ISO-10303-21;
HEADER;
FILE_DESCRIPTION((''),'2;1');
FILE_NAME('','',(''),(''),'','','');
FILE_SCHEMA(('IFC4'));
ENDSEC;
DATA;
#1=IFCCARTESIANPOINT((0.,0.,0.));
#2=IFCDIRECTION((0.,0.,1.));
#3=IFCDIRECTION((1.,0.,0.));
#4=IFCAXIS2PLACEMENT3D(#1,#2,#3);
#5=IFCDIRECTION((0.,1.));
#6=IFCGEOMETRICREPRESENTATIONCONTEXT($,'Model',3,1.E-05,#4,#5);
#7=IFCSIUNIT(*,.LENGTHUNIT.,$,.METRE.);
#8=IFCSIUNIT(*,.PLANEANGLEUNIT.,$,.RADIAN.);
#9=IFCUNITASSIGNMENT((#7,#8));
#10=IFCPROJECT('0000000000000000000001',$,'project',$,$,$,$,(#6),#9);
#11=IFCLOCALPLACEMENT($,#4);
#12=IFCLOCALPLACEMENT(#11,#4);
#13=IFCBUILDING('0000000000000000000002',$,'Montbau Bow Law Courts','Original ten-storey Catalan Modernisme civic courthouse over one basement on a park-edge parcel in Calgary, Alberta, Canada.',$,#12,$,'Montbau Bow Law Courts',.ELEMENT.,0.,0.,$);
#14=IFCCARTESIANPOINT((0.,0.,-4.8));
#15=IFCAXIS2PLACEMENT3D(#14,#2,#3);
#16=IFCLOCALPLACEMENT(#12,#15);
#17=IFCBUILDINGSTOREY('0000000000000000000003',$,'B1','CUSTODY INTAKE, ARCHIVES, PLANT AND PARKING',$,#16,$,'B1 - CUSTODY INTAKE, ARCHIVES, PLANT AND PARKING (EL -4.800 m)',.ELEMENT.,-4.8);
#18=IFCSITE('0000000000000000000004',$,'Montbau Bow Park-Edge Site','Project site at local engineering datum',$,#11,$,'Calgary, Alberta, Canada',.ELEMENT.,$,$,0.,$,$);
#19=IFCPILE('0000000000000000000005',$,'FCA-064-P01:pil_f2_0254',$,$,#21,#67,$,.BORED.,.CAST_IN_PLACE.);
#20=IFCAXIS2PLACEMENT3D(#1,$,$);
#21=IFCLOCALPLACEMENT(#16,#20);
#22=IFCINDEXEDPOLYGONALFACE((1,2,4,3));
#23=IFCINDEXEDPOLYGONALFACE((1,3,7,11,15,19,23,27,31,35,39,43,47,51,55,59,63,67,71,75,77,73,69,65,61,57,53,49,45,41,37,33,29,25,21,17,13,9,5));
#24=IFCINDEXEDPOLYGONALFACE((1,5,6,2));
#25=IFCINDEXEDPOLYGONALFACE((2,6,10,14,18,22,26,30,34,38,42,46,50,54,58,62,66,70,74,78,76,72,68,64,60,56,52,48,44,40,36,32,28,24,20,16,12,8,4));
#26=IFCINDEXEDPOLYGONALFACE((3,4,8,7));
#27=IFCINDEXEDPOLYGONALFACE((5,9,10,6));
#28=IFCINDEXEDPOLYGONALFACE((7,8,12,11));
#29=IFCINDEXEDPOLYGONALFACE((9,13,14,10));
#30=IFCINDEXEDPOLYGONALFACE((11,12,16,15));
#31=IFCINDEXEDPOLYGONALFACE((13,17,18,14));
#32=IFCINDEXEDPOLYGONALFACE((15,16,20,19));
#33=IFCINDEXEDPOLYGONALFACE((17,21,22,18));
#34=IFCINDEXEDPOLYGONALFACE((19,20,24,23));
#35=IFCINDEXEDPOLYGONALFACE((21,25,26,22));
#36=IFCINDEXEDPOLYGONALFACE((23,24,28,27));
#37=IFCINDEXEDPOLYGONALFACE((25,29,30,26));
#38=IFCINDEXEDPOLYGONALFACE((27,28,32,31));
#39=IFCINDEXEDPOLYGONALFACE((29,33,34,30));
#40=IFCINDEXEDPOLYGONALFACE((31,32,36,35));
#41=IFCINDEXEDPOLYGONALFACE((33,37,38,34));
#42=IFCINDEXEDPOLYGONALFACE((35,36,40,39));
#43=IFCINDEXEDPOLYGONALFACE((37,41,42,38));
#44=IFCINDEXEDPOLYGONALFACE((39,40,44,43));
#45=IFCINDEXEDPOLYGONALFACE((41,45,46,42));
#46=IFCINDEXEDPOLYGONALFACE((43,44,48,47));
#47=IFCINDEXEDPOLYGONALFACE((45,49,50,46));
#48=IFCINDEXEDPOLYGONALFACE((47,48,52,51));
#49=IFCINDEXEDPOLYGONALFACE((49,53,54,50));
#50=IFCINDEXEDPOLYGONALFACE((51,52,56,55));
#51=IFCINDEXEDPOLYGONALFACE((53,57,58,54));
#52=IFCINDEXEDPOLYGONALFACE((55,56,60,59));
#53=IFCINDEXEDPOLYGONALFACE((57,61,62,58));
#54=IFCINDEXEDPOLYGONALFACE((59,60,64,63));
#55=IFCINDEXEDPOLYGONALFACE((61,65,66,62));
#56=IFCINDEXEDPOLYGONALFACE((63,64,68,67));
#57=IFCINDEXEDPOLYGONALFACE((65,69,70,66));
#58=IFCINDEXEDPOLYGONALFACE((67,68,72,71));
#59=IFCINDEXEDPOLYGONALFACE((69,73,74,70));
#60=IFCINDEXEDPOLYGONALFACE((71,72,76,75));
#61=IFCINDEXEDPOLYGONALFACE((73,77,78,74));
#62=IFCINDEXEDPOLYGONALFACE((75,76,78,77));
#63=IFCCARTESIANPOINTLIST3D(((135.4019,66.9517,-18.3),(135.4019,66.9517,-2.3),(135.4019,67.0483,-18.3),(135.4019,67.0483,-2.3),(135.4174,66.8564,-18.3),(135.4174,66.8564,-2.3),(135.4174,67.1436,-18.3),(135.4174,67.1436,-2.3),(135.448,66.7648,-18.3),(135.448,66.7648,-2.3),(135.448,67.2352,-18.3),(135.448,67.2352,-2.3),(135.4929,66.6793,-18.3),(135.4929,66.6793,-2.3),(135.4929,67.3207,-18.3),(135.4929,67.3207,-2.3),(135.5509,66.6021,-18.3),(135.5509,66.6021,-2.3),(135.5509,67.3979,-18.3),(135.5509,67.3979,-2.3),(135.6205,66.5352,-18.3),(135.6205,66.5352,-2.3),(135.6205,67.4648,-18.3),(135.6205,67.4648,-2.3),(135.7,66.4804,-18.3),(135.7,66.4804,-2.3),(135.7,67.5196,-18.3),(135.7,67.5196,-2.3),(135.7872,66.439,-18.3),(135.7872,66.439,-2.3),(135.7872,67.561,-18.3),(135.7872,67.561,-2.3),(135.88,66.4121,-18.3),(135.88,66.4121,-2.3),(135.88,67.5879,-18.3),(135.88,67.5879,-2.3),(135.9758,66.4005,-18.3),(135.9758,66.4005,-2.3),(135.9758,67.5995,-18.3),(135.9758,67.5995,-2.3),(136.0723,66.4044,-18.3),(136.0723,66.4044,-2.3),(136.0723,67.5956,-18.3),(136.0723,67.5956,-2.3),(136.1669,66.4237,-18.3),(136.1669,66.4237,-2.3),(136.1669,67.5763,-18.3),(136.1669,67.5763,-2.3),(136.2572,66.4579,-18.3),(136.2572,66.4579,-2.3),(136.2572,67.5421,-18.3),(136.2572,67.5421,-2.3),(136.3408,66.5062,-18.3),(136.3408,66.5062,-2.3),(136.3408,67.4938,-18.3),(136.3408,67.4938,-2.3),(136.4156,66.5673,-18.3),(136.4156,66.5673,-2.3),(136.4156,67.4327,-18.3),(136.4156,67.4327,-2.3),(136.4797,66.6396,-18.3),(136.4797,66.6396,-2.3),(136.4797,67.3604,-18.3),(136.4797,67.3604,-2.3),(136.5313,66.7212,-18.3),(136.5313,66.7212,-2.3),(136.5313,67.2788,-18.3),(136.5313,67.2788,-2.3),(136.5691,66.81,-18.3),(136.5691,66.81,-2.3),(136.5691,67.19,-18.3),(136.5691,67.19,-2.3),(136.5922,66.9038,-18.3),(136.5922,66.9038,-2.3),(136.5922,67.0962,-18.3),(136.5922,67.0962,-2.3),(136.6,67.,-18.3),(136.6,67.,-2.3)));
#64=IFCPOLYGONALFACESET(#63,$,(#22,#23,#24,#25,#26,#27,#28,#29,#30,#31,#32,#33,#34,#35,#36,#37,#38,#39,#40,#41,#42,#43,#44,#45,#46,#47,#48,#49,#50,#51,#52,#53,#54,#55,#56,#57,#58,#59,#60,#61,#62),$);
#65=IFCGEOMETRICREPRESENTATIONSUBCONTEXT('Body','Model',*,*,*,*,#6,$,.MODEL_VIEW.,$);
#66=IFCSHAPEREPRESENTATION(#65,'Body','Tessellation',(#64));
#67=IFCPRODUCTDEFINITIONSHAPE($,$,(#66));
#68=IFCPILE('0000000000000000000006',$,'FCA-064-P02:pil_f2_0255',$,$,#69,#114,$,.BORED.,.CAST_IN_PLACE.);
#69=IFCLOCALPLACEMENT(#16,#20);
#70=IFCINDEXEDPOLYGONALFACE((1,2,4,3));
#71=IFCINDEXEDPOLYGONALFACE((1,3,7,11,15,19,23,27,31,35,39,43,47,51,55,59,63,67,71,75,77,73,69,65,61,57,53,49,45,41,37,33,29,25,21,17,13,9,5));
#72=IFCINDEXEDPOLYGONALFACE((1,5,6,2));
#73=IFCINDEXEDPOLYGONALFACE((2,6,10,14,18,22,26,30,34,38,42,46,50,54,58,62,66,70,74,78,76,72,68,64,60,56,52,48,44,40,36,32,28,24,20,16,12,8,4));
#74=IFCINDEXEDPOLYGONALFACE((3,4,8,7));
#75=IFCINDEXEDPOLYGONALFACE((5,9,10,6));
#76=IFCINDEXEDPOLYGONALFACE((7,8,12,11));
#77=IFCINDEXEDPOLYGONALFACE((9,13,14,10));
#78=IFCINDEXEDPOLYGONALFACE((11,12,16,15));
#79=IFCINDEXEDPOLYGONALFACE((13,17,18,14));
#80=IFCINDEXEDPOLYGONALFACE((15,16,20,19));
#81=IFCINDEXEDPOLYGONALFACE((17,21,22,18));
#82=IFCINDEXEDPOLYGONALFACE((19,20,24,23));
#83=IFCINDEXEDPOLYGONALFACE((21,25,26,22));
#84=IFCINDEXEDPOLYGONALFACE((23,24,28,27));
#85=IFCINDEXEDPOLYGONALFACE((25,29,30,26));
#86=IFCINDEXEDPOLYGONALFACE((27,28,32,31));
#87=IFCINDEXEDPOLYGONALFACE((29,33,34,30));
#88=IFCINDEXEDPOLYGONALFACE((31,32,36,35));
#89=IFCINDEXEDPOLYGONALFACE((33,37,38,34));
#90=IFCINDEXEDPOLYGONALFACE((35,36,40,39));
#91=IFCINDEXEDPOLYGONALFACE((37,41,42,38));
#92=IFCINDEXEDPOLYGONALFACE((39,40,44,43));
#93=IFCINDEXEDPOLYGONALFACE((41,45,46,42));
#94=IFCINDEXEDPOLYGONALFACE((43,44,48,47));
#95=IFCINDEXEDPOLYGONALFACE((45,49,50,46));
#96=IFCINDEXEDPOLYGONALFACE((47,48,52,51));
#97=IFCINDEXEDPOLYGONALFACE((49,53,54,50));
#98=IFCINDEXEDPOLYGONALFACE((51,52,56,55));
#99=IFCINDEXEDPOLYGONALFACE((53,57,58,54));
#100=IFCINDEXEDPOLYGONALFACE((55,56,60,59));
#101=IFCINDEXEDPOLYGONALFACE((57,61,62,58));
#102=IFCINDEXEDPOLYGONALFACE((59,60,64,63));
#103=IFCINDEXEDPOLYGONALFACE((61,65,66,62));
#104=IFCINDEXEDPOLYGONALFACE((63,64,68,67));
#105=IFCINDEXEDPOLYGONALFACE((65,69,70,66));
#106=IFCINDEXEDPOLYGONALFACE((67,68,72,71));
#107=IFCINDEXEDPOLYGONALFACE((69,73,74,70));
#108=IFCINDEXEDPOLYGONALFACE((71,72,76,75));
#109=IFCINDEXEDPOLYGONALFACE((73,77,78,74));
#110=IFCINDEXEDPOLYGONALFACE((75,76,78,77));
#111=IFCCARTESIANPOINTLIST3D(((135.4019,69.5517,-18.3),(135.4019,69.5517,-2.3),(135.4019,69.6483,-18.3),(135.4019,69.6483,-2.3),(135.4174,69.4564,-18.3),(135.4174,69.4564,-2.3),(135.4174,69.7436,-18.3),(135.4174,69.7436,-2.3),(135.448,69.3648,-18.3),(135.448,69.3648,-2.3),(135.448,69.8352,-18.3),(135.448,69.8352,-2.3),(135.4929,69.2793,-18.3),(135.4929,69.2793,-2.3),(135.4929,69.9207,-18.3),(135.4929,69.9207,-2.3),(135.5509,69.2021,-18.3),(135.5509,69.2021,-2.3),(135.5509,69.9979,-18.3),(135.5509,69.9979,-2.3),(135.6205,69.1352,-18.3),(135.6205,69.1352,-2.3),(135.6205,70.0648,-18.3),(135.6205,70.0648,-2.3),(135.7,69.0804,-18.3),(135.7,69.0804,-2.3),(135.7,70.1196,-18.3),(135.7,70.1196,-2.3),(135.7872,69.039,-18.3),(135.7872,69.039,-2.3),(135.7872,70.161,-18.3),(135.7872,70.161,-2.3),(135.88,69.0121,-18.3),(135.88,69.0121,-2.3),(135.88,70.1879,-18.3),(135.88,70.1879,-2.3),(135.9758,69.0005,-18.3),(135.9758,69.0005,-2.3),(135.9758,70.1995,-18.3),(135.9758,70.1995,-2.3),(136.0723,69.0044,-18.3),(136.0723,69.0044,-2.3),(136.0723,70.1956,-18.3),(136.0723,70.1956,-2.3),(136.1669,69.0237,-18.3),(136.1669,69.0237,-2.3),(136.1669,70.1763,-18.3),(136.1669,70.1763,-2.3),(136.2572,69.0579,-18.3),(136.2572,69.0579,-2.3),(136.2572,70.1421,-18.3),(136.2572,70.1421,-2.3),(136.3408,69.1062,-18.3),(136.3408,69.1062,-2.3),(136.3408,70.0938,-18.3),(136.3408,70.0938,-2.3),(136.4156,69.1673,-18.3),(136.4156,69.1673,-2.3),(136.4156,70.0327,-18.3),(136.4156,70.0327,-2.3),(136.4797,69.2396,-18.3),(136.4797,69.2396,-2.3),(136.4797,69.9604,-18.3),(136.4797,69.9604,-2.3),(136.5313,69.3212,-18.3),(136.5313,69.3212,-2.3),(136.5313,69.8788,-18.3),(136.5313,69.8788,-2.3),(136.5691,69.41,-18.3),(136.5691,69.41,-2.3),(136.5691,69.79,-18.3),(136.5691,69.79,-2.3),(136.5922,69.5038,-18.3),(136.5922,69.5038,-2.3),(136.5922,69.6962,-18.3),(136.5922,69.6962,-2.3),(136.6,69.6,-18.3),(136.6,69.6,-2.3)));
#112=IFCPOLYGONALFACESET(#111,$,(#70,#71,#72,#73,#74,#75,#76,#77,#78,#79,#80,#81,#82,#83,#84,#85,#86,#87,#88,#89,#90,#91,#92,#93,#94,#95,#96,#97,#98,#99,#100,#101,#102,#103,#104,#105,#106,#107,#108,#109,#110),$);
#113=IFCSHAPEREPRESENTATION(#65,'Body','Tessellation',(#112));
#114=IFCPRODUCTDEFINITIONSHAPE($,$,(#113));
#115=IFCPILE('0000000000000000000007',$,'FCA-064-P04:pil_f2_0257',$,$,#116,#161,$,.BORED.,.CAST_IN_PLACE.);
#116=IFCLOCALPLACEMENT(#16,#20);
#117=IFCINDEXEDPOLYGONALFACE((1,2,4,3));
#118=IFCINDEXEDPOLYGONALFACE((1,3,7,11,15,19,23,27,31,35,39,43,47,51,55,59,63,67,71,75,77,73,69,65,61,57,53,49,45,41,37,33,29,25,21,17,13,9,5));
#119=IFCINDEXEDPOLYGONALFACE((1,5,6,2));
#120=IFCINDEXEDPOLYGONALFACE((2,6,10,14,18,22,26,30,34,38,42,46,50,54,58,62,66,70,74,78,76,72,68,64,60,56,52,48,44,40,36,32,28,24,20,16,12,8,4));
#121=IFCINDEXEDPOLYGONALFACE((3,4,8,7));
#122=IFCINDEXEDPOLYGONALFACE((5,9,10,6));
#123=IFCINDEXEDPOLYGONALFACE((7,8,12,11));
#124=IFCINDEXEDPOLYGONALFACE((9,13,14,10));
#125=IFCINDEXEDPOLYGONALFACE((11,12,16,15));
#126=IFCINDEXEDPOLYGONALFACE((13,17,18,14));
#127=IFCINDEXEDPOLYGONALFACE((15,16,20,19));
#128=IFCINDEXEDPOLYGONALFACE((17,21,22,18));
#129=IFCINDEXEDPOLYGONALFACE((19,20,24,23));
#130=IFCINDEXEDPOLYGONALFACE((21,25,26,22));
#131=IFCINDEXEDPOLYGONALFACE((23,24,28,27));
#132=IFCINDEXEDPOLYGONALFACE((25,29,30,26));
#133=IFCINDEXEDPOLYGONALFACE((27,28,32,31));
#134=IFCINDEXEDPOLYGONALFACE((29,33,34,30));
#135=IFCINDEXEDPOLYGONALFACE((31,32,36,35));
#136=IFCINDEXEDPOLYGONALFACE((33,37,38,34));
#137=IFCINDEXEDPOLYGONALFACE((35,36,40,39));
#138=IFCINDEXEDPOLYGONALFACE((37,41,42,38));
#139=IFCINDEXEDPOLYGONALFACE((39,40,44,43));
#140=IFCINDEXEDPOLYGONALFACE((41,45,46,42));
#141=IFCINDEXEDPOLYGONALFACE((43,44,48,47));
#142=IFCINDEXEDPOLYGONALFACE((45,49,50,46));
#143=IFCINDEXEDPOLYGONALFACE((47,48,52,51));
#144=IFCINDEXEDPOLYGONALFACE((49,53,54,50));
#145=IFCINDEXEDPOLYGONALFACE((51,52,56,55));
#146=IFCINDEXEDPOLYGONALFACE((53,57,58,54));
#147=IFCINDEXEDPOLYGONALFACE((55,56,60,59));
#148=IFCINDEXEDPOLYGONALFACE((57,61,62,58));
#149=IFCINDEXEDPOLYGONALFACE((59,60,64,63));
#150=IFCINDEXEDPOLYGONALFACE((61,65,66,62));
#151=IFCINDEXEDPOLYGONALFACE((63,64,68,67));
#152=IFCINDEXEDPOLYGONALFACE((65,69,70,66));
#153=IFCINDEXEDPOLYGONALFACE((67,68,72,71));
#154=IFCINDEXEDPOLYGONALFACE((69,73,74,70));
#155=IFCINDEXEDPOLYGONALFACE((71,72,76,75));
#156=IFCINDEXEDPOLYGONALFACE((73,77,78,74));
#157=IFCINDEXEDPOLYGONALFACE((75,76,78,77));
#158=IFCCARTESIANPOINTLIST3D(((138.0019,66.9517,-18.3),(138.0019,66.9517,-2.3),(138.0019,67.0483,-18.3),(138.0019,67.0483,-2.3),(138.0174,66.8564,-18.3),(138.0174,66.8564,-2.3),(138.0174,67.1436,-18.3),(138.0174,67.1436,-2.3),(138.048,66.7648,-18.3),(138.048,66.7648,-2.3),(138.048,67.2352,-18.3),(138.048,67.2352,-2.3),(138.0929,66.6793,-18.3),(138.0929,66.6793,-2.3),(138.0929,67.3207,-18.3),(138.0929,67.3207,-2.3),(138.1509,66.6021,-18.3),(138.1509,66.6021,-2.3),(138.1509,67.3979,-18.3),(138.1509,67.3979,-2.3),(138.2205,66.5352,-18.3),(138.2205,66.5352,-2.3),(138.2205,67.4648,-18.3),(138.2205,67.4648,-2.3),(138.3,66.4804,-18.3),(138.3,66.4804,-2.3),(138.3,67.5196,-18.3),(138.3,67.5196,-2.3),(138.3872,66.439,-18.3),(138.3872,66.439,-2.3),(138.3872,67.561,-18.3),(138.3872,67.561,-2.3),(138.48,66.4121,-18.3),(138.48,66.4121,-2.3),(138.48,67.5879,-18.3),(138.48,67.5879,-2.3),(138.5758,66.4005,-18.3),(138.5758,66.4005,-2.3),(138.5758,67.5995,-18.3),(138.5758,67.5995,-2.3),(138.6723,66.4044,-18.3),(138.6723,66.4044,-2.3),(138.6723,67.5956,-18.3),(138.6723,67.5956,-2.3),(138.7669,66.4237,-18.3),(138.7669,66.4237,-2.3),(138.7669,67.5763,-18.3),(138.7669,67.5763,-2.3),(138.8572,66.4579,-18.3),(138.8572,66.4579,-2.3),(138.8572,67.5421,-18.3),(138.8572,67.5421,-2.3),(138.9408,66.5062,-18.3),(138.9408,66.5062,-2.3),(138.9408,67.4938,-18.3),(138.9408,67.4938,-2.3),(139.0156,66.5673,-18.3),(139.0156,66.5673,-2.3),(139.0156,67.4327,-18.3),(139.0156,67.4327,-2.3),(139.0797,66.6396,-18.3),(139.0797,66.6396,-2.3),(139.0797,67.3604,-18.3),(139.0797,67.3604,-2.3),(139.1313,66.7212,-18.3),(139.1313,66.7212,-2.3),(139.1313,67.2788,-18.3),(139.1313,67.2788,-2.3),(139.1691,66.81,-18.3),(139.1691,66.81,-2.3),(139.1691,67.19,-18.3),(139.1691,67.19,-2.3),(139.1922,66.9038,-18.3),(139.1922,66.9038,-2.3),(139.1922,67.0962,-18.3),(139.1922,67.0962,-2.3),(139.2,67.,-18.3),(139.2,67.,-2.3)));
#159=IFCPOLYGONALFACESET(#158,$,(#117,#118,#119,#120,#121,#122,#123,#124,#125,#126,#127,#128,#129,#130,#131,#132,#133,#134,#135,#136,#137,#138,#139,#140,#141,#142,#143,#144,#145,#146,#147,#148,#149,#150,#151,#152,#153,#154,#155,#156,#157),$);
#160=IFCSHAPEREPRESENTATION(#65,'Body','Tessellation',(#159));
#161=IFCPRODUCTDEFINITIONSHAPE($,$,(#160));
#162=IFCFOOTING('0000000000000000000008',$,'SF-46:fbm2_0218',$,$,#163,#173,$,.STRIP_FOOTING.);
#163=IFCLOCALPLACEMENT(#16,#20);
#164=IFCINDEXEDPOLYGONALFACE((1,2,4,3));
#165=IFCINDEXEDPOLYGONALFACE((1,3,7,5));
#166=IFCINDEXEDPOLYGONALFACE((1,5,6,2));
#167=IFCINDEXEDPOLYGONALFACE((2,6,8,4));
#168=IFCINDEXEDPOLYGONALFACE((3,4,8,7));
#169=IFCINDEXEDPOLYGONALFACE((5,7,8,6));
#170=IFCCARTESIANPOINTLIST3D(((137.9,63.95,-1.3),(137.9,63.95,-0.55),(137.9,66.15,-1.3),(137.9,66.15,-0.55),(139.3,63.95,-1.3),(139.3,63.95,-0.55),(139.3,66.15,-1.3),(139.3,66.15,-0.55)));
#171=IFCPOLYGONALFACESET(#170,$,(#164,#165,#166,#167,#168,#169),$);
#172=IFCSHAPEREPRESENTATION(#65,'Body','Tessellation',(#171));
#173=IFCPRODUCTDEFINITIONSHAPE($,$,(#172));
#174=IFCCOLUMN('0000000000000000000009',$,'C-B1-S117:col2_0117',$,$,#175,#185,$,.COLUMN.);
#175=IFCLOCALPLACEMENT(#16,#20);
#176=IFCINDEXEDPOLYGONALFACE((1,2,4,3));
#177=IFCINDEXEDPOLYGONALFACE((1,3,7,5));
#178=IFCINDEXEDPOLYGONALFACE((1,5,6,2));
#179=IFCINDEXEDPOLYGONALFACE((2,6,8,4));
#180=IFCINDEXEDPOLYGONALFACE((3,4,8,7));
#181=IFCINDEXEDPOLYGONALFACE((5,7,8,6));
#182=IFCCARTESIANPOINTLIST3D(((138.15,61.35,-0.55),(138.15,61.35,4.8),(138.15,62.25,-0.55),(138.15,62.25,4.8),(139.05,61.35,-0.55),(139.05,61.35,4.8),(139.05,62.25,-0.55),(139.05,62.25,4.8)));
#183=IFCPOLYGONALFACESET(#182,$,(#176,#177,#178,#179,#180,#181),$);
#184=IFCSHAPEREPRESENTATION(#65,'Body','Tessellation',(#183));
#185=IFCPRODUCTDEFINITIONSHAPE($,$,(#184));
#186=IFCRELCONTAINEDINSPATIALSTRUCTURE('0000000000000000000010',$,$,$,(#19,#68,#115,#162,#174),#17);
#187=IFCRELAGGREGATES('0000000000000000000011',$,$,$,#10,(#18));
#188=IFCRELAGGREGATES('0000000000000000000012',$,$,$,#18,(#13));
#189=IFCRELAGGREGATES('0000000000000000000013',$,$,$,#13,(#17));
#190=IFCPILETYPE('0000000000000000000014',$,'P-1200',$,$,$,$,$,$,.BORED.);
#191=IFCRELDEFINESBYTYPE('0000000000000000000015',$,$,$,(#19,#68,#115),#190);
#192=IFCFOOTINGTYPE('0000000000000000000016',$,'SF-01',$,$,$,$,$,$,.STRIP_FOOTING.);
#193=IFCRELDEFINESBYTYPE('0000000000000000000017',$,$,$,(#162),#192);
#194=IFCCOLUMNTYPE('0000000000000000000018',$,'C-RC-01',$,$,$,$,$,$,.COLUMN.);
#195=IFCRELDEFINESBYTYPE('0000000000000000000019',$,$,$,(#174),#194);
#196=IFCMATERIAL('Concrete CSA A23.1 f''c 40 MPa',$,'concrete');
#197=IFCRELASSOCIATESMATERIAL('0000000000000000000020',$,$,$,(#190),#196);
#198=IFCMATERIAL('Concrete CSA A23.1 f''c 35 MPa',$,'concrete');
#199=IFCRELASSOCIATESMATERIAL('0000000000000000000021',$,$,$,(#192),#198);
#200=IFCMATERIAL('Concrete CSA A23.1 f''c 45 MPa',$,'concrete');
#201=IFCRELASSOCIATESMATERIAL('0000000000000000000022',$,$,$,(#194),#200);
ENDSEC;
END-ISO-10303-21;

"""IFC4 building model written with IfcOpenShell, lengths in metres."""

from ifc_helpers import new_model, si_unit, direction, frame, origin_with_axes, origin_2d_with_axis, place, context, subcontext, project, spatial, rectangle, circle, extrude, material, material_profile, profile_set, type_object, element, save


model = new_model("IFC4")

# Units and contexts
model_context = context("Model", 3, precision=1e-05, world=origin_with_axes(), true_north=direction((0.0, 1.0)))
body_context = subcontext(model_context, "Body", "Model", "MODEL_VIEW")
ifc_project = project(units=[si_unit("LENGTHUNIT", "METRE"), si_unit("PLANEANGLEUNIT", "RADIAN")], contexts=[model_context])

# Site, building, storey
site_placement = place(None, origin_with_axes())
site = spatial("IfcSite", under=ifc_project, at=site_placement, Name="Montbau Bow Park-Edge Site", Description="Project site at local engineering datum", LongName="Calgary, Alberta, Canada", CompositionType="ELEMENT", RefElevation=0.0)
building_placement = place(site_placement, origin_with_axes())
building = spatial("IfcBuilding", under=site, at=building_placement, Name="Montbau Bow Law Courts", Description="Original ten-storey Catalan Modernisme civic courthouse over one basement on a park-edge parcel in Calgary, Alberta, Canada.", LongName="Montbau Bow Law Courts", CompositionType="ELEMENT", ElevationOfRefHeight=0.0, ElevationOfTerrain=0.0)
storey_placement = place(building_placement, frame((0.0, 0.0, -4.8), z_axis=(0.0, 0.0, 1.0), x_axis=(1.0, 0.0, 0.0)))
storey = spatial("IfcBuildingStorey", under=building, at=storey_placement, Name="B1", Description="CUSTODY INTAKE, ARCHIVES, PLANT AND PARKING", LongName="B1 - CUSTODY INTAKE, ARCHIVES, PLANT AND PARKING (EL -4.800 m)", CompositionType="ELEMENT", Elevation=-4.8)

# Shared definitions
ifc_material_1 = material(Name="Concrete CSA A23.1 f'c 35 MPa", Category="concrete")

# Piles
ifc_material_2 = material(Name="Concrete CSA A23.1 f'c 40 MPa", Category="concrete")
ifc_material_profile_1 = material_profile(ifc_material_2, circle(Radius=0.6, at=origin_2d_with_axis()), Name="BP1200", Category="Main", Priority=0)
ifc_profile_set_1 = profile_set([ifc_material_profile_1], Name="Concrete CSA A23.1 f'c 40 MPa")
pile_type_1 = type_object("IfcPileType", Name="P-1200", PredefinedType="BORED", material=ifc_profile_set_1)
for number, where, z_axis, x_axis, name in (
    (1, (136.0, 67.0, -23.1), (0.0, 0.0, 1.0), (1.0, 0.0, 0.0), "FCA-064-P01:pil_f2_0254"),
    (2, (136.0, 69.6, -23.1), (0.0, 0.0, 1.0), (1.0, 0.0, 0.0), "FCA-064-P02:pil_f2_0255"),
    (3, (138.6, 67.0, -23.1), (0.0, 0.0, 1.0), (1.0, 0.0, 0.0), "FCA-064-P04:pil_f2_0257"),
):
    element("IfcPile", number, at=place(None, frame(where, z_axis=z_axis, x_axis=x_axis)), inside=storey, type_object=pile_type_1, Name=name, ConstructionType="CAST_IN_PLACE", PredefinedType="BORED", context=body_context, shape_type="SweptSolid", body=[
        extrude(circle(Radius=0.6, at=origin_2d_with_axis()), origin_with_axes(), (0.0, 0.0, 1.0), 16.0),
    ])

# Footing
footing_type_1 = type_object("IfcFootingType", Name="SF-01", PredefinedType="STRIP_FOOTING", material=ifc_material_1)
footing_1_placement = place(None, frame((138.6, 65.05, -6.1), z_axis=(0.0, 0.0, 1.0), x_axis=(0.0, 1.0, 0.0)))
element("IfcFooting", 4, at=footing_1_placement, inside=storey, type_object=footing_type_1, Name="SF-46:fbm2_0218", PredefinedType="STRIP_FOOTING", context=body_context, shape_type="SweptSolid", body=[
    extrude(rectangle(XDim=2.2, YDim=1.4, at=origin_2d_with_axis()), origin_with_axes(), (0.0, 0.0, 1.0), 0.75),
])

# Column
ifc_material_3 = material(Name="Concrete CSA A23.1 f'c 45 MPa", Category="concrete")
ifc_material_profile_2 = material_profile(ifc_material_3, rectangle(XDim=0.9, YDim=0.9, at=origin_2d_with_axis()), Name="RC900X900", Category="Main", Priority=0)
ifc_profile_set_2 = profile_set([ifc_material_profile_2], Name="Concrete CSA A23.1 f'c 45 MPa")
column_type_1 = type_object("IfcColumnType", Name="C-RC-01", PredefinedType="COLUMN", material=ifc_profile_set_2)
column_1_placement = place(None, frame((138.6, 61.8, -5.35), z_axis=(0.0, 0.0, 1.0), x_axis=(1.0, 0.0, 0.0)))
element("IfcColumn", 5, at=column_1_placement, inside=storey, type_object=column_type_1, Name="C-B1-S117:col2_0117", PredefinedType="COLUMN", context=body_context, shape_type="SweptSolid", body=[
    extrude(rectangle(XDim=0.9, YDim=0.9, at=origin_2d_with_axis()), origin_with_axes(), (0.0, 0.0, 1.0), 5.35),
])

save(model, "model.ifc")
